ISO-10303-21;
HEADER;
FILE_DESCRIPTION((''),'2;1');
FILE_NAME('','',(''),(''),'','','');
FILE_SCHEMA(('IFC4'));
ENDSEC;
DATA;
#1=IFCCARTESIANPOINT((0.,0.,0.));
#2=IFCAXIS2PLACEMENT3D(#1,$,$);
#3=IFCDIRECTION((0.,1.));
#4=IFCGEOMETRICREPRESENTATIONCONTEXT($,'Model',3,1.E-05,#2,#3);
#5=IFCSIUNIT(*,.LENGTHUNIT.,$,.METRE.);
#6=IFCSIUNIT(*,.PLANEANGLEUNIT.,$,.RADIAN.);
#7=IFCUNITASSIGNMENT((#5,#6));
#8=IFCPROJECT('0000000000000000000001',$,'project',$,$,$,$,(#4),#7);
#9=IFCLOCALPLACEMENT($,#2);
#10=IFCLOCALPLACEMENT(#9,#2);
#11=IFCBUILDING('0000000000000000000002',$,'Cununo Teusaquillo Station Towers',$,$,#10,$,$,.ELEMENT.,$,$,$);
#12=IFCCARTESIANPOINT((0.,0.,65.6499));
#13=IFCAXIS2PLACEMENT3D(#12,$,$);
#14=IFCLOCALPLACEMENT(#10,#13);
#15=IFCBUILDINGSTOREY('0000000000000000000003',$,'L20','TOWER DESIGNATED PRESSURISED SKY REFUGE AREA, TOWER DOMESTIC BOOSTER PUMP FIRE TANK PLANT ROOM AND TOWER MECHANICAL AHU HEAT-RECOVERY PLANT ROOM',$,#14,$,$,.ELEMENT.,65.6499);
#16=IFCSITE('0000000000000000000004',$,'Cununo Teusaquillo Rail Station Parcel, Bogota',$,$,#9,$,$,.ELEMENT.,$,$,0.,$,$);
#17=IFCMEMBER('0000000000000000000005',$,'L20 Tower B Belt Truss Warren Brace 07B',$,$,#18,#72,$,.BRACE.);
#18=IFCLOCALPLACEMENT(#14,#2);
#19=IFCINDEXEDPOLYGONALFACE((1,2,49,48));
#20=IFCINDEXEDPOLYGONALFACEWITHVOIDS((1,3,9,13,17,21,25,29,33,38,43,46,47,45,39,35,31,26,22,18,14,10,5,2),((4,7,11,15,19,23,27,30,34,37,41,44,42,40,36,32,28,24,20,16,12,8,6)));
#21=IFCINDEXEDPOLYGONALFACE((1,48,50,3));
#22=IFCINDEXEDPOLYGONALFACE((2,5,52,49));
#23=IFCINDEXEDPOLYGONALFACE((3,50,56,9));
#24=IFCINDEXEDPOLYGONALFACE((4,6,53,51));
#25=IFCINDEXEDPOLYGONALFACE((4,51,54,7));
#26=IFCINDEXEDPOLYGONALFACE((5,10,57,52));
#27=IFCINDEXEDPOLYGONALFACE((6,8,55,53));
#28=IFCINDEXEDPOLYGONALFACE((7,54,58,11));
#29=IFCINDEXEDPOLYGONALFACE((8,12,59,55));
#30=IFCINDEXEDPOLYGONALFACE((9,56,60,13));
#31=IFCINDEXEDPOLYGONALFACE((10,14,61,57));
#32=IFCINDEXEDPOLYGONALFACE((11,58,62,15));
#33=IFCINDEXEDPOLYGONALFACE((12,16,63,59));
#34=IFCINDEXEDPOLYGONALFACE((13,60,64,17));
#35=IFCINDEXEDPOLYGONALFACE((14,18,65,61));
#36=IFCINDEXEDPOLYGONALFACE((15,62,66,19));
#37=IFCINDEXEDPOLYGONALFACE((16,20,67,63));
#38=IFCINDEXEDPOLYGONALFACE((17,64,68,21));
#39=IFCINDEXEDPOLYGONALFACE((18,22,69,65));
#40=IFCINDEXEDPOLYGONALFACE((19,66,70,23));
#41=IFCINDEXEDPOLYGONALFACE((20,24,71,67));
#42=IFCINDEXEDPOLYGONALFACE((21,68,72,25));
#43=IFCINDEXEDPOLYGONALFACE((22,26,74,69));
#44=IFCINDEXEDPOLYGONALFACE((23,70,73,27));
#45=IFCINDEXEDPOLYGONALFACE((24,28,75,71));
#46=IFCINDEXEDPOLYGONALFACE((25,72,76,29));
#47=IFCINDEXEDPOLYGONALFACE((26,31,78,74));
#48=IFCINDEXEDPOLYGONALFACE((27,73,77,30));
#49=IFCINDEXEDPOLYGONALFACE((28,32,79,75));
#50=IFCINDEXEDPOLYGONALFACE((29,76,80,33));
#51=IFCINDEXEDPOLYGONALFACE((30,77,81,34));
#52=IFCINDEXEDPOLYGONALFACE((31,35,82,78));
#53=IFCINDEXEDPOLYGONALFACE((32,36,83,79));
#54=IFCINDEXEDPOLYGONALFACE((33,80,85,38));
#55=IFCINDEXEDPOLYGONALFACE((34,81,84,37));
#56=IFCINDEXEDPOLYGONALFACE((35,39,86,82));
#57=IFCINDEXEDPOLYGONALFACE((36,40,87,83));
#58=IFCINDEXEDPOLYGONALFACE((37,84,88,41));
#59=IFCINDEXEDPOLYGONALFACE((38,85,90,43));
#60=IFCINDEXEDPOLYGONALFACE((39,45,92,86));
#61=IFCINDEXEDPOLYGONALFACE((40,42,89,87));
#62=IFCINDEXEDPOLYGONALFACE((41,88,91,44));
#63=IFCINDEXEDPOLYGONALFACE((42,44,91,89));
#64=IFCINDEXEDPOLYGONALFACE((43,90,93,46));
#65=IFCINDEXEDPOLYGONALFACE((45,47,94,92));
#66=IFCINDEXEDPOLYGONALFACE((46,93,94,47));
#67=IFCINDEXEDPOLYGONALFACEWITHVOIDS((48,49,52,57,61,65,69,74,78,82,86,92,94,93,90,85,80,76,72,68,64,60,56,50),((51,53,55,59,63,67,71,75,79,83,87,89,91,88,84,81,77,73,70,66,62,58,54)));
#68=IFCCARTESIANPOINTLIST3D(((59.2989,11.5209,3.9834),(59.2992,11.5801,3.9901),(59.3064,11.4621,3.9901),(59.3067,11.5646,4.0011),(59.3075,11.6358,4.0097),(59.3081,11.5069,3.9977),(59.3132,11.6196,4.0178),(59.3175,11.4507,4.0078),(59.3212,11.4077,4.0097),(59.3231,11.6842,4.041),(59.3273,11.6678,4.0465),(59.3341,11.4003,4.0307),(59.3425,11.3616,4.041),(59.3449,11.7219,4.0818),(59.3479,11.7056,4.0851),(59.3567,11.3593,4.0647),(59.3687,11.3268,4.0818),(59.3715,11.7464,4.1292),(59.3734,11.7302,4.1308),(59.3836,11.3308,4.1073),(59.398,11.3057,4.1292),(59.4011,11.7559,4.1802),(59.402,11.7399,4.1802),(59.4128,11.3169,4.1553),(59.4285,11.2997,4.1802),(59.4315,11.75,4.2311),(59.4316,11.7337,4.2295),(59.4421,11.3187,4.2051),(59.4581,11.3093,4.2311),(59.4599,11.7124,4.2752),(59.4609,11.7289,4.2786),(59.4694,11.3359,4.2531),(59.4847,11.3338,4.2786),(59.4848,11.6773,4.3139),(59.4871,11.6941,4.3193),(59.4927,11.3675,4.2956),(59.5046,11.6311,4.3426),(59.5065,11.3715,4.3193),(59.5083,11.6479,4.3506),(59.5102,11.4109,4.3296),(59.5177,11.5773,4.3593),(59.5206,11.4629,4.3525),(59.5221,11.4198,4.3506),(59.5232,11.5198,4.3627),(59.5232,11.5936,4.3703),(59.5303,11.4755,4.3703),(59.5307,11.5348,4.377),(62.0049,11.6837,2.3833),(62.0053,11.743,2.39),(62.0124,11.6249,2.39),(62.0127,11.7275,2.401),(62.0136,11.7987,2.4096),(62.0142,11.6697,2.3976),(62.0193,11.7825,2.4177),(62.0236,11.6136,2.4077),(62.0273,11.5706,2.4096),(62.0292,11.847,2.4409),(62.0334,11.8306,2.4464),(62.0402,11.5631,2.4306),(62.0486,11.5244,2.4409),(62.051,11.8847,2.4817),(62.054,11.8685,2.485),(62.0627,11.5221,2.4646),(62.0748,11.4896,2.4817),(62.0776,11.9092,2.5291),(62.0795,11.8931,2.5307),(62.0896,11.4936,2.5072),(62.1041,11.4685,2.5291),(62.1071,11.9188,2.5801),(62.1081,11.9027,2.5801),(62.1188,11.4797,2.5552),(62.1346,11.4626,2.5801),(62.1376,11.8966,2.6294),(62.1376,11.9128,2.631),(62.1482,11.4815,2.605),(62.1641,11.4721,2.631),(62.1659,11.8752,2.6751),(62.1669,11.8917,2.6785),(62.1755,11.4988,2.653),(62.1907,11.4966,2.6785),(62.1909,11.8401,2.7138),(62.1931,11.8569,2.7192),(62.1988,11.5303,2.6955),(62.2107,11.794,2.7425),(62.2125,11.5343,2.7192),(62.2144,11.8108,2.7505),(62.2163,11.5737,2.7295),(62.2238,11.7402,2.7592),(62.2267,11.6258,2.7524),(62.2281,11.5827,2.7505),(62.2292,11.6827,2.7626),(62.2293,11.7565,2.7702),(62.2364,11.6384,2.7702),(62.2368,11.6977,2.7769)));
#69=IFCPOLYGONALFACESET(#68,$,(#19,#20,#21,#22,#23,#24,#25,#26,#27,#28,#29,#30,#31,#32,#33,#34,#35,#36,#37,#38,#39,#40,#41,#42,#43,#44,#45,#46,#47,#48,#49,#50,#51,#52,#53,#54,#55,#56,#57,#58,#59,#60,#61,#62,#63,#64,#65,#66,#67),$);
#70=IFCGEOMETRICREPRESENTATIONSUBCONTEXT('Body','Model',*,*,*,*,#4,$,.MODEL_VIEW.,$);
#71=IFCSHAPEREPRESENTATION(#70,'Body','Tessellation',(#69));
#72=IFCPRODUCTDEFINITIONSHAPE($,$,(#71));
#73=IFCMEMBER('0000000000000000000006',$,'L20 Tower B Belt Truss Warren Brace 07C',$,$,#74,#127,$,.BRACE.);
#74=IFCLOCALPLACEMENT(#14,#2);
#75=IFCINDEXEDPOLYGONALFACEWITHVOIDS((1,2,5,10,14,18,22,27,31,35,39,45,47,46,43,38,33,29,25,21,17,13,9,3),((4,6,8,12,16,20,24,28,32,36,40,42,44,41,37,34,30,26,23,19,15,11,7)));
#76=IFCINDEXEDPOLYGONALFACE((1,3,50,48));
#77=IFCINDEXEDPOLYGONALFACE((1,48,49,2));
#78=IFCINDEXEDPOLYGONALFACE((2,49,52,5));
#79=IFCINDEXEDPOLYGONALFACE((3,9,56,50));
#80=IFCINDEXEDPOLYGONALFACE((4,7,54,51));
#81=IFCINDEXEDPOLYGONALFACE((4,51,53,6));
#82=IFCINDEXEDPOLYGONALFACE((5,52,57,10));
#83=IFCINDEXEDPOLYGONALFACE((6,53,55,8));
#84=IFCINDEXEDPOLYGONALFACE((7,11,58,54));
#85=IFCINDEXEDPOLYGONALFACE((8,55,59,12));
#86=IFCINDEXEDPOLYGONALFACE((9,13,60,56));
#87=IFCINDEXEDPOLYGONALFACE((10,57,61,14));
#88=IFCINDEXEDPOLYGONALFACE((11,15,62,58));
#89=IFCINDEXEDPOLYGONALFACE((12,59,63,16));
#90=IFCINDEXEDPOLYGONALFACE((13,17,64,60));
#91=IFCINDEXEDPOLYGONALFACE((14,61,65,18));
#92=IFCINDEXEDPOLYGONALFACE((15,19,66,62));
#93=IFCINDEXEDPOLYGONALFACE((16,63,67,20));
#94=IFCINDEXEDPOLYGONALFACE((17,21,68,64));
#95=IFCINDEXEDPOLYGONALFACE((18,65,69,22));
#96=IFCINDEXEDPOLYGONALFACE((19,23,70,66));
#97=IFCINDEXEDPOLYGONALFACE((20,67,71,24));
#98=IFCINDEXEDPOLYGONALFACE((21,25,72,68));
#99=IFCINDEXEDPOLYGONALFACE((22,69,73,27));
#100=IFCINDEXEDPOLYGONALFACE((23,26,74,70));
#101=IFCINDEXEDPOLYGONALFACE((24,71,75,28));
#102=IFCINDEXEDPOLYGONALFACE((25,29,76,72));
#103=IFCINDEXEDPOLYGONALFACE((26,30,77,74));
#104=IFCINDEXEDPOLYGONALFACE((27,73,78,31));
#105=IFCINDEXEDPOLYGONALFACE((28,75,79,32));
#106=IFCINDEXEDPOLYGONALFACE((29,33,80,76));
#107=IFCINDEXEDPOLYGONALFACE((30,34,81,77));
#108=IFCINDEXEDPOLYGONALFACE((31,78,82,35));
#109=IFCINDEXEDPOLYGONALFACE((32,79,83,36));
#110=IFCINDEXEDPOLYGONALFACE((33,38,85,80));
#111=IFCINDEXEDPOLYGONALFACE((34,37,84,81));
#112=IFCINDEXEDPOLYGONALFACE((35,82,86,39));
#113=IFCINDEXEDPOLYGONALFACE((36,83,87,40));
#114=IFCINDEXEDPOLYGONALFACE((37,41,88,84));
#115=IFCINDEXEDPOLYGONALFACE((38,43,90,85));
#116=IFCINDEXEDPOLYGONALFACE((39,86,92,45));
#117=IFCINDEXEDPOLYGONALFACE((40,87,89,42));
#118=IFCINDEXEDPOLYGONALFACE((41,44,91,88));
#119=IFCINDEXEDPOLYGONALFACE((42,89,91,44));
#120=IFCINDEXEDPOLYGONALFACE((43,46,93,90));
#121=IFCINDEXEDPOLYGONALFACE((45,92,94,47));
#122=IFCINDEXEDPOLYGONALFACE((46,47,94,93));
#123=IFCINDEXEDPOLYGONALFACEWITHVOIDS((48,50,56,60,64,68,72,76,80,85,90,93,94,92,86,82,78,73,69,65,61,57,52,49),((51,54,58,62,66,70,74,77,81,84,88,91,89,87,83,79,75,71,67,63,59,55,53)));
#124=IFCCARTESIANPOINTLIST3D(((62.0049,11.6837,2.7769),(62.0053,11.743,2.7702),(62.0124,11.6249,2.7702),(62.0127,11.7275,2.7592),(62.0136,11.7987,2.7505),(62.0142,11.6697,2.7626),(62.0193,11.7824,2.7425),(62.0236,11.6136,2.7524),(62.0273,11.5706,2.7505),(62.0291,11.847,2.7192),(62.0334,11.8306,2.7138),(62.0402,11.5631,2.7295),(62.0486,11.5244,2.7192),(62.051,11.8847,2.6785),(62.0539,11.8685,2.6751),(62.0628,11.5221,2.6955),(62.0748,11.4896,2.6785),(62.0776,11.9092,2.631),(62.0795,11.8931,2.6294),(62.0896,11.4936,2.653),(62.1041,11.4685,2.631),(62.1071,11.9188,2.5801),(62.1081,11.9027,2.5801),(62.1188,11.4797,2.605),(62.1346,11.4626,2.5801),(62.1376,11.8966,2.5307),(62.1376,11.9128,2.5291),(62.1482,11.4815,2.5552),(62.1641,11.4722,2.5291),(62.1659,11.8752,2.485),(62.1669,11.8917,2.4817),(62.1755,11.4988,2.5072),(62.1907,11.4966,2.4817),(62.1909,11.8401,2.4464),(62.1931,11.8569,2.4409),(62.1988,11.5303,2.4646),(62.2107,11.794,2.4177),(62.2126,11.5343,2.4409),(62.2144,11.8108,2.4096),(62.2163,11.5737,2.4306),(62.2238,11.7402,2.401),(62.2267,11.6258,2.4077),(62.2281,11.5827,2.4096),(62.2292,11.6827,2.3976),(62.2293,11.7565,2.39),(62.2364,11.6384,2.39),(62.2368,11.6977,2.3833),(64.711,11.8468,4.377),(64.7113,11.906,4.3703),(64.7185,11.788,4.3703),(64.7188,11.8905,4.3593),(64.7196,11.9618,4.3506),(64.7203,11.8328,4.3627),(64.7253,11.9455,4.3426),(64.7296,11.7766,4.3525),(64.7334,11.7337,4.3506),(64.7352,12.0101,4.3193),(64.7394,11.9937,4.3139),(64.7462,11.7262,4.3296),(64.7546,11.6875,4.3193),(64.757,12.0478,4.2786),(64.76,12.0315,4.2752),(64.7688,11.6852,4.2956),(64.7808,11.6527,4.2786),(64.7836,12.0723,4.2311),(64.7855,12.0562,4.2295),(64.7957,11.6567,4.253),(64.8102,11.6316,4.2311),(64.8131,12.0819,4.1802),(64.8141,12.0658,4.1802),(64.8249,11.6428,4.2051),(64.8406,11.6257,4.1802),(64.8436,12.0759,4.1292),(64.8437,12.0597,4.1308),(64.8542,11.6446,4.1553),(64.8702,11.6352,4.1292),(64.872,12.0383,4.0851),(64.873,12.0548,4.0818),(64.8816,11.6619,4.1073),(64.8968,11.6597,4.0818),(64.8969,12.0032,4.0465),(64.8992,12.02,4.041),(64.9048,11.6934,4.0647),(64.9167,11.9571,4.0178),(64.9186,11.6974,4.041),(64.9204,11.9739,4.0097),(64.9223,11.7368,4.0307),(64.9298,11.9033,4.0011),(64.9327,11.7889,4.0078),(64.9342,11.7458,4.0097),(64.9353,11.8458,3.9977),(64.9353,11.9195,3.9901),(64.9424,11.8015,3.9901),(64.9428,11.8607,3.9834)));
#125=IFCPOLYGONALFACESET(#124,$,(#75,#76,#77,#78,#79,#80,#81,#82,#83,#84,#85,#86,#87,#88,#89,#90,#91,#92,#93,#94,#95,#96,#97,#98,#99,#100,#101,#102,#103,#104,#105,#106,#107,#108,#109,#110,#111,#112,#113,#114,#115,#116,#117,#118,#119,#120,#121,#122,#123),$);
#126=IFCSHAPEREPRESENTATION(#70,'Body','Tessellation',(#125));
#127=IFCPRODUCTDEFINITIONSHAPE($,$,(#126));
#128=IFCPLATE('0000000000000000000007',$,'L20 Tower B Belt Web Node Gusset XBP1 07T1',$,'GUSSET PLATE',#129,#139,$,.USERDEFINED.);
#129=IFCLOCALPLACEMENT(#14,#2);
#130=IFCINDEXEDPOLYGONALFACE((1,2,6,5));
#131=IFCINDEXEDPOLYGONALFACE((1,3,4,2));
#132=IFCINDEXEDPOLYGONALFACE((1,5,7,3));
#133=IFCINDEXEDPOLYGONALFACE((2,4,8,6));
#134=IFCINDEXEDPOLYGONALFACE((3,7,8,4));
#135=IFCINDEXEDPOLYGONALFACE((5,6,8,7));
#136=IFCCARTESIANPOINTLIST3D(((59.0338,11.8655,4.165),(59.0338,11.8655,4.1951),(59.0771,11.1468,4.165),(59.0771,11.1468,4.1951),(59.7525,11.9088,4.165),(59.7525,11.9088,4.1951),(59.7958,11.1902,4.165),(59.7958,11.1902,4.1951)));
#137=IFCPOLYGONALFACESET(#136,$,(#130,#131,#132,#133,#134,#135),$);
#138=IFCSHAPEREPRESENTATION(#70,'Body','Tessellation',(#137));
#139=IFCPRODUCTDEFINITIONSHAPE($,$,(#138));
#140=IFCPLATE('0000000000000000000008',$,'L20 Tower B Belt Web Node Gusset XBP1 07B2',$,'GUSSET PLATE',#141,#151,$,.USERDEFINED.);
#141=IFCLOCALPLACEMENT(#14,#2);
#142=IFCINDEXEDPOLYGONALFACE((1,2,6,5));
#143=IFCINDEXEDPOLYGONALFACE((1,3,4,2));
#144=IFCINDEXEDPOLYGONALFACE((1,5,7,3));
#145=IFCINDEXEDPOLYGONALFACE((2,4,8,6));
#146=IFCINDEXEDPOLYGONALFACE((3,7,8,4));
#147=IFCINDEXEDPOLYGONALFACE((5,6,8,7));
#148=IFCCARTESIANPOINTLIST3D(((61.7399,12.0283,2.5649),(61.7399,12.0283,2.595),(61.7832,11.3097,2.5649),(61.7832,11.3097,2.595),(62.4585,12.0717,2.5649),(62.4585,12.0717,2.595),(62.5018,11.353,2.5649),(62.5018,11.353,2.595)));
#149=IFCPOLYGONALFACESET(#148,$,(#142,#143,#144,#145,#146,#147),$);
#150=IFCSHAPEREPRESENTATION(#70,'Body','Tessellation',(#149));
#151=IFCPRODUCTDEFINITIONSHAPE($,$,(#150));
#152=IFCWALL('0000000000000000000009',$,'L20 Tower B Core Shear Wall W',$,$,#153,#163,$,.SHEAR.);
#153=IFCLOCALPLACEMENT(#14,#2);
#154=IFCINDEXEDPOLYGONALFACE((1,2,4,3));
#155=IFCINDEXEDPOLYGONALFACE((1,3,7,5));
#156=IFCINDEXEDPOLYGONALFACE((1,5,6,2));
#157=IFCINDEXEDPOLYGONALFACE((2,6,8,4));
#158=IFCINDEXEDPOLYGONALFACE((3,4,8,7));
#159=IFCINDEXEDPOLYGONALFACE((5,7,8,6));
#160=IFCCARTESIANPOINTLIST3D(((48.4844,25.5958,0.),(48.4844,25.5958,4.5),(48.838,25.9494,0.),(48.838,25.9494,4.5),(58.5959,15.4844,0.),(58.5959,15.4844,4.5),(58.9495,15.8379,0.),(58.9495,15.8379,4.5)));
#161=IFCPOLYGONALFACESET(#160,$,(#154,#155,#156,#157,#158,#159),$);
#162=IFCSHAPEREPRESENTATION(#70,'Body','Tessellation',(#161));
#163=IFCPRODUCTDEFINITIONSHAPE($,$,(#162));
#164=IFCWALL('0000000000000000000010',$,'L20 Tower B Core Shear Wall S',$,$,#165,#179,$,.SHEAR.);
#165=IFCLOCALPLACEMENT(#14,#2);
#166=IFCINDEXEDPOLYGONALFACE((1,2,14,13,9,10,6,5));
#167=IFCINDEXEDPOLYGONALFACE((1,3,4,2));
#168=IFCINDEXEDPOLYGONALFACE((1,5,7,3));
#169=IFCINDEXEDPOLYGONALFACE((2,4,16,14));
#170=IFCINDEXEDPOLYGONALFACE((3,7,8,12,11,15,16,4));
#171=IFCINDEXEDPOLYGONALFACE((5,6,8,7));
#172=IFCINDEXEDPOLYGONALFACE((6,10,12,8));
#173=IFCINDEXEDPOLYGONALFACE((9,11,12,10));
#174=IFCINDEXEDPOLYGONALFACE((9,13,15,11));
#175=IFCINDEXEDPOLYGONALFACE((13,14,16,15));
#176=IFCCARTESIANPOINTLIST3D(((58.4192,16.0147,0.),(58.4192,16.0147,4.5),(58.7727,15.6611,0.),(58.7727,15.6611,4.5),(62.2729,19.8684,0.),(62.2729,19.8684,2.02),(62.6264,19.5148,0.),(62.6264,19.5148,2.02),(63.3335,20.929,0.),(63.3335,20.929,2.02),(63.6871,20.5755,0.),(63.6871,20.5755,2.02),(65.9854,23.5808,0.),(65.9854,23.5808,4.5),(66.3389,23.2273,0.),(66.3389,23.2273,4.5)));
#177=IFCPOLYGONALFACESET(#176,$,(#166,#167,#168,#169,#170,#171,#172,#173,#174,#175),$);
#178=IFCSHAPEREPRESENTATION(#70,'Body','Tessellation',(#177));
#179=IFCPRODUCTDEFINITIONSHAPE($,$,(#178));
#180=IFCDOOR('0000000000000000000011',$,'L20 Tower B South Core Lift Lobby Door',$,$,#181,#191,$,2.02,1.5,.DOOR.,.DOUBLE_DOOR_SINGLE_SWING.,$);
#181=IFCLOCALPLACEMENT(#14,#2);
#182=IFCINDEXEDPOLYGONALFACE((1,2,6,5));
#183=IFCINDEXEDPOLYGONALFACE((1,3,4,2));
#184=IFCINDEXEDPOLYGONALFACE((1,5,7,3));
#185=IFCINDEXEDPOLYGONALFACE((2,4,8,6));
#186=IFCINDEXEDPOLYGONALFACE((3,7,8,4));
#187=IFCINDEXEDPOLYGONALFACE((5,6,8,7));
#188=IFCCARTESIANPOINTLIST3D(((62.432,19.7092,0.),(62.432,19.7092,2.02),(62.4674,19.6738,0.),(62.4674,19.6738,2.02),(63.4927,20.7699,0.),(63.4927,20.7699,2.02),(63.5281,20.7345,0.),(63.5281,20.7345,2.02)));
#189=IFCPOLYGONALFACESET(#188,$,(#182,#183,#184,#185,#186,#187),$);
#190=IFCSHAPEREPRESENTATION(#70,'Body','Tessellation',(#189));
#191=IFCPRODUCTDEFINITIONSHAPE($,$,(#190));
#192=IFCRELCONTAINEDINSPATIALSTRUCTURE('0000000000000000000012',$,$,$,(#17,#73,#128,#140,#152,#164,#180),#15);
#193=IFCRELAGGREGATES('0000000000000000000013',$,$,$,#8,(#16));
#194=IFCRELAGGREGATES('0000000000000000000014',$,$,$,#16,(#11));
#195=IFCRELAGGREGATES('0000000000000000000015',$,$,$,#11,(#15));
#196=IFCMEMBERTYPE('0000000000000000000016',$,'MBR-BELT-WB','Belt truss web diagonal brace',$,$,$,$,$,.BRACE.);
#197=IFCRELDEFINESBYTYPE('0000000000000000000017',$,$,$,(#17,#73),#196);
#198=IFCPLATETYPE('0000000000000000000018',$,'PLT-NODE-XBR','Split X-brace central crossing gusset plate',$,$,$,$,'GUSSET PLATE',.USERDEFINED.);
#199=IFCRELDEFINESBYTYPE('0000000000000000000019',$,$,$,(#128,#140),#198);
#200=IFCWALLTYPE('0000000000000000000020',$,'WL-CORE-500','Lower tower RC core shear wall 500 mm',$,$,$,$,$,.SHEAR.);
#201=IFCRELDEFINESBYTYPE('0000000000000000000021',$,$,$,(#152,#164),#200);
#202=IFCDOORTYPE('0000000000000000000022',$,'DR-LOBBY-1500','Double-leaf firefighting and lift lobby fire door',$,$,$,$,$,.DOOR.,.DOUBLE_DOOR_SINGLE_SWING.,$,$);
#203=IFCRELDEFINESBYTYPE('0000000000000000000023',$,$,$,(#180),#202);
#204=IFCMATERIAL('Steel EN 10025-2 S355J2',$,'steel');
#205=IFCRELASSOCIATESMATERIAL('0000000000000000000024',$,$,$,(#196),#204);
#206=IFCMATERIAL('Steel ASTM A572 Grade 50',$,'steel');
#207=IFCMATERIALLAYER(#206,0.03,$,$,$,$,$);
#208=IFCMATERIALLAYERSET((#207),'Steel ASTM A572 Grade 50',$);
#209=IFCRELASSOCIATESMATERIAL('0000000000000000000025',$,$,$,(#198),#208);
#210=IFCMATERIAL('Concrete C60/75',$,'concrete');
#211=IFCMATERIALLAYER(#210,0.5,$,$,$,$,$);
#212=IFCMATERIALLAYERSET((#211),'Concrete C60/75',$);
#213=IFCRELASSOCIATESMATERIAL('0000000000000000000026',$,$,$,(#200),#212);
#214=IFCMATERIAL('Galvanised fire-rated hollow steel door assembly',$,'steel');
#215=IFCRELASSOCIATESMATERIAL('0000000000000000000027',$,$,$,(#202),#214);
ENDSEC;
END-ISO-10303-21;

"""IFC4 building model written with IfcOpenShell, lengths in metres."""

from ifc_helpers import new_model, si_unit, direction, frame, frame_2d, origin, origin_2d, place, context, subcontext, project, spatial, rectangle, hollow_circle, extrude, source, transform, mapped, material, layer, layer_set, material_profile, profile_set, type_object, element, fill, save


model = new_model("IFC4")

# Units and contexts
model_context = context("Model", 3, precision=1e-05, world=origin(), true_north=direction((0.0, 1.0)))
body_context = subcontext(model_context, "Body", "Model", "MODEL_VIEW")
ifc_project = project(units=[si_unit("LENGTHUNIT", "METRE"), si_unit("PLANEANGLEUNIT", "RADIAN")], contexts=[model_context])

# Site, building, storey
site_placement = place(None, origin())
site = spatial("IfcSite", under=ifc_project, at=site_placement, Name="Cununo Teusaquillo Rail Station Parcel, Bogota", CompositionType="ELEMENT", RefElevation=0.0)
building_placement = place(site_placement, origin())
building = spatial("IfcBuilding", under=site, at=building_placement, Name="Cununo Teusaquillo Station Towers", CompositionType="ELEMENT")
storey_placement = place(building_placement, frame((0.0, 0.0, 65.6499)))
storey = spatial("IfcBuildingStorey", under=building, at=storey_placement, Name="L20", Description="TOWER DESIGNATED PRESSURISED SKY REFUGE AREA, TOWER DOMESTIC BOOSTER PUMP FIRE TANK PLANT ROOM AND TOWER MECHANICAL AHU HEAT-RECOVERY PLANT ROOM", CompositionType="ELEMENT", Elevation=65.6499)

# Members
ifc_material_1 = material(Name="Steel EN 10025-2 S355J2", Category="steel")
ifc_material_profile_1 = material_profile(ifc_material_1, hollow_circle(Radius=0.2285, WallThickness=0.0161, at=origin_2d()), Name="CHS 457x16")
ifc_profile_set_1 = profile_set([ifc_material_profile_1], Name="Steel EN 10025-2 S355J2")
member_type = type_object("IfcMemberType", Name="MBR-BELT-WB", Description="Belt truss web diagonal brace", PredefinedType="BRACE", material=ifc_profile_set_1)
for number, where, z_axis, x_axis, name in (
    (1, (59.4148, 11.5278, 4.1802), (0.859626, 0.05173, -0.508299), (-0.060068, 0.998194, 0.0), "L20 Tower B Belt Truss Warren Brace 07B"),
    (2, (62.1208, 11.6907, 2.5801), (0.859622, 0.051807, 0.508297), (-0.060158, 0.998189, 0.0), "L20 Tower B Belt Truss Warren Brace 07C"),
):
    element("IfcMember", number, at=place(storey_placement, frame(where, z_axis=z_axis, x_axis=x_axis)), inside=storey, type_object=member_type, Name=name, PredefinedType="BRACE", context=body_context, shape_type="SweptSolid", body=[
        extrude(hollow_circle(Radius=0.2285, WallThickness=0.0161, at=origin_2d()), origin(), (0.0, 0.0, 1.0), 3.1479),
    ])

# Plates
ifc_material_2 = material(Name="Steel ASTM A572 Grade 50", Category="steel")
ifc_layer_1 = layer(ifc_material_2, 0.03)
ifc_layer_set_1 = layer_set([ifc_layer_1], Name="Steel ASTM A572 Grade 50")
plate_type = type_object("IfcPlateType", Name="PLT-NODE-XBR", Description="Split X-brace central crossing gusset plate", ElementType="GUSSET PLATE", PredefinedType="USERDEFINED", material=ifc_layer_set_1)
shared_shape_1 = source(origin(), body_context, "Body", "SweptSolid", [
    extrude(rectangle(XDim=0.72, YDim=0.72, at=origin_2d()), origin(), (0.0, 0.0, 1.0), 0.03),
])
for number, where, z_axis, x_axis, name in (
    (3, (59.4148, 11.5278, 4.165), (0.0, 0.0, 1.0), (0.998188, 0.060177, 0.0), "L20 Tower B Belt Web Node Gusset XBP1 07T1"),
    (4, (62.1208, 11.6907, 2.5649), (0.0, 0.0, 1.0), (0.998188, 0.060177, 0.0), "L20 Tower B Belt Web Node Gusset XBP1 07B2"),
):
    element("IfcPlate", number, at=place(storey_placement, frame(where, z_axis=z_axis, x_axis=x_axis)), inside=storey, type_object=plate_type, Name=name, ObjectType="GUSSET PLATE", PredefinedType="USERDEFINED", context=body_context, shape_type="MappedRepresentation", body=[
        mapped(shared_shape_1, transform((0.0, 0.0, 0.0), x_axis=(1.0, 0.0, 0.0), y_axis=(0.0, 1.0, 0.0), z_axis=(0.0, 0.0, 1.0), scale=1.0)),
    ])

# Wall
ifc_material_3 = material(Name="Concrete C60/75", Category="concrete")
ifc_layer_2 = layer(ifc_material_3, 0.5)
ifc_layer_set_2 = layer_set([ifc_layer_2], Name="Concrete C60/75")
wall_type_1 = type_object("IfcWallType", Name="WL-CORE-500", Description="Lower tower RC core shear wall 500 mm", PredefinedType="SHEAR", material=ifc_layer_set_2)
wall_1_placement = place(storey_placement, frame((58.7727, 15.6611, 0.0), z_axis=(0.0, 0.0, 1.0), x_axis=(-0.707107, 0.707107, 0.0)))
element("IfcWall", 5, at=wall_1_placement, inside=storey, type_object=wall_type_1, Name="L20 Tower B Core Shear Wall W", PredefinedType="SHEAR", context=body_context, shape_type="SweptSolid", body=[
    extrude(rectangle(XDim=14.2998, YDim=0.5, at=frame_2d((7.1499, 0.0))), origin(), (0.0, 0.0, 1.0), 4.5),
])

# Wall, opening, door
wall_2_placement = place(storey_placement, frame((58.5959, 15.8379, 0.0), z_axis=(0.0, 0.0, 1.0), x_axis=(0.707107, 0.707107, 0.0)))
wall_2 = element("IfcWall", 6, at=wall_2_placement, inside=storey, type_object=wall_type_1, Name="L20 Tower B Core Shear Wall S", PredefinedType="SHEAR", context=body_context, shape_type="SweptSolid", body=[
    extrude(rectangle(XDim=10.7002, YDim=0.5, at=frame_2d((5.3501, 0.0))), origin(), (0.0, 0.0, 1.0), 4.5),
])
shared_shape_2 = source(origin(), body_context, "Body", "SweptSolid", [
    extrude(rectangle(XDim=1.5, YDim=2.02, at=frame_2d((0.75, 1.01))), frame((0.0, 0.26, 0.0), z_axis=(0.0, -1.0, 0.0), x_axis=(1.0, 0.0, 0.0)), (0.0, 0.0, 1.0), 0.52),
])
opening_1_placement = place(wall_2_placement, frame((5.45, 0.0, 0.0)))
opening_1 = element("IfcOpeningElement", 7, at=opening_1_placement, cuts=wall_2, PredefinedType="OPENING", context=body_context, shape_type="MappedRepresentation", body=[
    mapped(shared_shape_2, transform((0.0, 0.0, 0.0), x_axis=(1.0, 0.0, 0.0), y_axis=(0.0, 1.0, 0.0), z_axis=(0.0, 0.0, 1.0), scale=1.0)),
])
ifc_material_4 = material(Name="Galvanised fire-rated hollow steel door assembly", Category="steel")
door_type_1 = type_object("IfcDoorType", Name="DR-LOBBY-1500", Description="Double-leaf firefighting and lift lobby fire door", OperationType="DOUBLE_DOOR_SINGLE_SWING", PredefinedType="DOOR", material=ifc_material_4)
shared_shape_3 = source(origin(), body_context, "Body", "SweptSolid", [
    extrude(rectangle(XDim=1.5, YDim=2.02, at=frame_2d((0.75, 1.01))), frame((0.0, 0.0249, 0.0), z_axis=(0.0, -1.0, 0.0), x_axis=(1.0, 0.0, 0.0)), (0.0, 0.0, 1.0), 0.05),
])
door_1_placement = place(opening_1_placement, origin())
door_1 = element("IfcDoor", 8, at=door_1_placement, inside=storey, type_object=door_type_1, Name="L20 Tower B South Core Lift Lobby Door", OperationType="DOUBLE_DOOR_SINGLE_SWING", OverallHeight=2.02, OverallWidth=1.5, PredefinedType="DOOR", context=body_context, shape_type="MappedRepresentation", body=[
    mapped(shared_shape_3, transform((0.0, 0.0, 0.0), x_axis=(1.0, 0.0, 0.0), y_axis=(0.0, 1.0, 0.0), z_axis=(0.0, 0.0, 1.0), scale=1.0)),
])
fill(opening_1, door_1)

save(model, "model.ifc")
